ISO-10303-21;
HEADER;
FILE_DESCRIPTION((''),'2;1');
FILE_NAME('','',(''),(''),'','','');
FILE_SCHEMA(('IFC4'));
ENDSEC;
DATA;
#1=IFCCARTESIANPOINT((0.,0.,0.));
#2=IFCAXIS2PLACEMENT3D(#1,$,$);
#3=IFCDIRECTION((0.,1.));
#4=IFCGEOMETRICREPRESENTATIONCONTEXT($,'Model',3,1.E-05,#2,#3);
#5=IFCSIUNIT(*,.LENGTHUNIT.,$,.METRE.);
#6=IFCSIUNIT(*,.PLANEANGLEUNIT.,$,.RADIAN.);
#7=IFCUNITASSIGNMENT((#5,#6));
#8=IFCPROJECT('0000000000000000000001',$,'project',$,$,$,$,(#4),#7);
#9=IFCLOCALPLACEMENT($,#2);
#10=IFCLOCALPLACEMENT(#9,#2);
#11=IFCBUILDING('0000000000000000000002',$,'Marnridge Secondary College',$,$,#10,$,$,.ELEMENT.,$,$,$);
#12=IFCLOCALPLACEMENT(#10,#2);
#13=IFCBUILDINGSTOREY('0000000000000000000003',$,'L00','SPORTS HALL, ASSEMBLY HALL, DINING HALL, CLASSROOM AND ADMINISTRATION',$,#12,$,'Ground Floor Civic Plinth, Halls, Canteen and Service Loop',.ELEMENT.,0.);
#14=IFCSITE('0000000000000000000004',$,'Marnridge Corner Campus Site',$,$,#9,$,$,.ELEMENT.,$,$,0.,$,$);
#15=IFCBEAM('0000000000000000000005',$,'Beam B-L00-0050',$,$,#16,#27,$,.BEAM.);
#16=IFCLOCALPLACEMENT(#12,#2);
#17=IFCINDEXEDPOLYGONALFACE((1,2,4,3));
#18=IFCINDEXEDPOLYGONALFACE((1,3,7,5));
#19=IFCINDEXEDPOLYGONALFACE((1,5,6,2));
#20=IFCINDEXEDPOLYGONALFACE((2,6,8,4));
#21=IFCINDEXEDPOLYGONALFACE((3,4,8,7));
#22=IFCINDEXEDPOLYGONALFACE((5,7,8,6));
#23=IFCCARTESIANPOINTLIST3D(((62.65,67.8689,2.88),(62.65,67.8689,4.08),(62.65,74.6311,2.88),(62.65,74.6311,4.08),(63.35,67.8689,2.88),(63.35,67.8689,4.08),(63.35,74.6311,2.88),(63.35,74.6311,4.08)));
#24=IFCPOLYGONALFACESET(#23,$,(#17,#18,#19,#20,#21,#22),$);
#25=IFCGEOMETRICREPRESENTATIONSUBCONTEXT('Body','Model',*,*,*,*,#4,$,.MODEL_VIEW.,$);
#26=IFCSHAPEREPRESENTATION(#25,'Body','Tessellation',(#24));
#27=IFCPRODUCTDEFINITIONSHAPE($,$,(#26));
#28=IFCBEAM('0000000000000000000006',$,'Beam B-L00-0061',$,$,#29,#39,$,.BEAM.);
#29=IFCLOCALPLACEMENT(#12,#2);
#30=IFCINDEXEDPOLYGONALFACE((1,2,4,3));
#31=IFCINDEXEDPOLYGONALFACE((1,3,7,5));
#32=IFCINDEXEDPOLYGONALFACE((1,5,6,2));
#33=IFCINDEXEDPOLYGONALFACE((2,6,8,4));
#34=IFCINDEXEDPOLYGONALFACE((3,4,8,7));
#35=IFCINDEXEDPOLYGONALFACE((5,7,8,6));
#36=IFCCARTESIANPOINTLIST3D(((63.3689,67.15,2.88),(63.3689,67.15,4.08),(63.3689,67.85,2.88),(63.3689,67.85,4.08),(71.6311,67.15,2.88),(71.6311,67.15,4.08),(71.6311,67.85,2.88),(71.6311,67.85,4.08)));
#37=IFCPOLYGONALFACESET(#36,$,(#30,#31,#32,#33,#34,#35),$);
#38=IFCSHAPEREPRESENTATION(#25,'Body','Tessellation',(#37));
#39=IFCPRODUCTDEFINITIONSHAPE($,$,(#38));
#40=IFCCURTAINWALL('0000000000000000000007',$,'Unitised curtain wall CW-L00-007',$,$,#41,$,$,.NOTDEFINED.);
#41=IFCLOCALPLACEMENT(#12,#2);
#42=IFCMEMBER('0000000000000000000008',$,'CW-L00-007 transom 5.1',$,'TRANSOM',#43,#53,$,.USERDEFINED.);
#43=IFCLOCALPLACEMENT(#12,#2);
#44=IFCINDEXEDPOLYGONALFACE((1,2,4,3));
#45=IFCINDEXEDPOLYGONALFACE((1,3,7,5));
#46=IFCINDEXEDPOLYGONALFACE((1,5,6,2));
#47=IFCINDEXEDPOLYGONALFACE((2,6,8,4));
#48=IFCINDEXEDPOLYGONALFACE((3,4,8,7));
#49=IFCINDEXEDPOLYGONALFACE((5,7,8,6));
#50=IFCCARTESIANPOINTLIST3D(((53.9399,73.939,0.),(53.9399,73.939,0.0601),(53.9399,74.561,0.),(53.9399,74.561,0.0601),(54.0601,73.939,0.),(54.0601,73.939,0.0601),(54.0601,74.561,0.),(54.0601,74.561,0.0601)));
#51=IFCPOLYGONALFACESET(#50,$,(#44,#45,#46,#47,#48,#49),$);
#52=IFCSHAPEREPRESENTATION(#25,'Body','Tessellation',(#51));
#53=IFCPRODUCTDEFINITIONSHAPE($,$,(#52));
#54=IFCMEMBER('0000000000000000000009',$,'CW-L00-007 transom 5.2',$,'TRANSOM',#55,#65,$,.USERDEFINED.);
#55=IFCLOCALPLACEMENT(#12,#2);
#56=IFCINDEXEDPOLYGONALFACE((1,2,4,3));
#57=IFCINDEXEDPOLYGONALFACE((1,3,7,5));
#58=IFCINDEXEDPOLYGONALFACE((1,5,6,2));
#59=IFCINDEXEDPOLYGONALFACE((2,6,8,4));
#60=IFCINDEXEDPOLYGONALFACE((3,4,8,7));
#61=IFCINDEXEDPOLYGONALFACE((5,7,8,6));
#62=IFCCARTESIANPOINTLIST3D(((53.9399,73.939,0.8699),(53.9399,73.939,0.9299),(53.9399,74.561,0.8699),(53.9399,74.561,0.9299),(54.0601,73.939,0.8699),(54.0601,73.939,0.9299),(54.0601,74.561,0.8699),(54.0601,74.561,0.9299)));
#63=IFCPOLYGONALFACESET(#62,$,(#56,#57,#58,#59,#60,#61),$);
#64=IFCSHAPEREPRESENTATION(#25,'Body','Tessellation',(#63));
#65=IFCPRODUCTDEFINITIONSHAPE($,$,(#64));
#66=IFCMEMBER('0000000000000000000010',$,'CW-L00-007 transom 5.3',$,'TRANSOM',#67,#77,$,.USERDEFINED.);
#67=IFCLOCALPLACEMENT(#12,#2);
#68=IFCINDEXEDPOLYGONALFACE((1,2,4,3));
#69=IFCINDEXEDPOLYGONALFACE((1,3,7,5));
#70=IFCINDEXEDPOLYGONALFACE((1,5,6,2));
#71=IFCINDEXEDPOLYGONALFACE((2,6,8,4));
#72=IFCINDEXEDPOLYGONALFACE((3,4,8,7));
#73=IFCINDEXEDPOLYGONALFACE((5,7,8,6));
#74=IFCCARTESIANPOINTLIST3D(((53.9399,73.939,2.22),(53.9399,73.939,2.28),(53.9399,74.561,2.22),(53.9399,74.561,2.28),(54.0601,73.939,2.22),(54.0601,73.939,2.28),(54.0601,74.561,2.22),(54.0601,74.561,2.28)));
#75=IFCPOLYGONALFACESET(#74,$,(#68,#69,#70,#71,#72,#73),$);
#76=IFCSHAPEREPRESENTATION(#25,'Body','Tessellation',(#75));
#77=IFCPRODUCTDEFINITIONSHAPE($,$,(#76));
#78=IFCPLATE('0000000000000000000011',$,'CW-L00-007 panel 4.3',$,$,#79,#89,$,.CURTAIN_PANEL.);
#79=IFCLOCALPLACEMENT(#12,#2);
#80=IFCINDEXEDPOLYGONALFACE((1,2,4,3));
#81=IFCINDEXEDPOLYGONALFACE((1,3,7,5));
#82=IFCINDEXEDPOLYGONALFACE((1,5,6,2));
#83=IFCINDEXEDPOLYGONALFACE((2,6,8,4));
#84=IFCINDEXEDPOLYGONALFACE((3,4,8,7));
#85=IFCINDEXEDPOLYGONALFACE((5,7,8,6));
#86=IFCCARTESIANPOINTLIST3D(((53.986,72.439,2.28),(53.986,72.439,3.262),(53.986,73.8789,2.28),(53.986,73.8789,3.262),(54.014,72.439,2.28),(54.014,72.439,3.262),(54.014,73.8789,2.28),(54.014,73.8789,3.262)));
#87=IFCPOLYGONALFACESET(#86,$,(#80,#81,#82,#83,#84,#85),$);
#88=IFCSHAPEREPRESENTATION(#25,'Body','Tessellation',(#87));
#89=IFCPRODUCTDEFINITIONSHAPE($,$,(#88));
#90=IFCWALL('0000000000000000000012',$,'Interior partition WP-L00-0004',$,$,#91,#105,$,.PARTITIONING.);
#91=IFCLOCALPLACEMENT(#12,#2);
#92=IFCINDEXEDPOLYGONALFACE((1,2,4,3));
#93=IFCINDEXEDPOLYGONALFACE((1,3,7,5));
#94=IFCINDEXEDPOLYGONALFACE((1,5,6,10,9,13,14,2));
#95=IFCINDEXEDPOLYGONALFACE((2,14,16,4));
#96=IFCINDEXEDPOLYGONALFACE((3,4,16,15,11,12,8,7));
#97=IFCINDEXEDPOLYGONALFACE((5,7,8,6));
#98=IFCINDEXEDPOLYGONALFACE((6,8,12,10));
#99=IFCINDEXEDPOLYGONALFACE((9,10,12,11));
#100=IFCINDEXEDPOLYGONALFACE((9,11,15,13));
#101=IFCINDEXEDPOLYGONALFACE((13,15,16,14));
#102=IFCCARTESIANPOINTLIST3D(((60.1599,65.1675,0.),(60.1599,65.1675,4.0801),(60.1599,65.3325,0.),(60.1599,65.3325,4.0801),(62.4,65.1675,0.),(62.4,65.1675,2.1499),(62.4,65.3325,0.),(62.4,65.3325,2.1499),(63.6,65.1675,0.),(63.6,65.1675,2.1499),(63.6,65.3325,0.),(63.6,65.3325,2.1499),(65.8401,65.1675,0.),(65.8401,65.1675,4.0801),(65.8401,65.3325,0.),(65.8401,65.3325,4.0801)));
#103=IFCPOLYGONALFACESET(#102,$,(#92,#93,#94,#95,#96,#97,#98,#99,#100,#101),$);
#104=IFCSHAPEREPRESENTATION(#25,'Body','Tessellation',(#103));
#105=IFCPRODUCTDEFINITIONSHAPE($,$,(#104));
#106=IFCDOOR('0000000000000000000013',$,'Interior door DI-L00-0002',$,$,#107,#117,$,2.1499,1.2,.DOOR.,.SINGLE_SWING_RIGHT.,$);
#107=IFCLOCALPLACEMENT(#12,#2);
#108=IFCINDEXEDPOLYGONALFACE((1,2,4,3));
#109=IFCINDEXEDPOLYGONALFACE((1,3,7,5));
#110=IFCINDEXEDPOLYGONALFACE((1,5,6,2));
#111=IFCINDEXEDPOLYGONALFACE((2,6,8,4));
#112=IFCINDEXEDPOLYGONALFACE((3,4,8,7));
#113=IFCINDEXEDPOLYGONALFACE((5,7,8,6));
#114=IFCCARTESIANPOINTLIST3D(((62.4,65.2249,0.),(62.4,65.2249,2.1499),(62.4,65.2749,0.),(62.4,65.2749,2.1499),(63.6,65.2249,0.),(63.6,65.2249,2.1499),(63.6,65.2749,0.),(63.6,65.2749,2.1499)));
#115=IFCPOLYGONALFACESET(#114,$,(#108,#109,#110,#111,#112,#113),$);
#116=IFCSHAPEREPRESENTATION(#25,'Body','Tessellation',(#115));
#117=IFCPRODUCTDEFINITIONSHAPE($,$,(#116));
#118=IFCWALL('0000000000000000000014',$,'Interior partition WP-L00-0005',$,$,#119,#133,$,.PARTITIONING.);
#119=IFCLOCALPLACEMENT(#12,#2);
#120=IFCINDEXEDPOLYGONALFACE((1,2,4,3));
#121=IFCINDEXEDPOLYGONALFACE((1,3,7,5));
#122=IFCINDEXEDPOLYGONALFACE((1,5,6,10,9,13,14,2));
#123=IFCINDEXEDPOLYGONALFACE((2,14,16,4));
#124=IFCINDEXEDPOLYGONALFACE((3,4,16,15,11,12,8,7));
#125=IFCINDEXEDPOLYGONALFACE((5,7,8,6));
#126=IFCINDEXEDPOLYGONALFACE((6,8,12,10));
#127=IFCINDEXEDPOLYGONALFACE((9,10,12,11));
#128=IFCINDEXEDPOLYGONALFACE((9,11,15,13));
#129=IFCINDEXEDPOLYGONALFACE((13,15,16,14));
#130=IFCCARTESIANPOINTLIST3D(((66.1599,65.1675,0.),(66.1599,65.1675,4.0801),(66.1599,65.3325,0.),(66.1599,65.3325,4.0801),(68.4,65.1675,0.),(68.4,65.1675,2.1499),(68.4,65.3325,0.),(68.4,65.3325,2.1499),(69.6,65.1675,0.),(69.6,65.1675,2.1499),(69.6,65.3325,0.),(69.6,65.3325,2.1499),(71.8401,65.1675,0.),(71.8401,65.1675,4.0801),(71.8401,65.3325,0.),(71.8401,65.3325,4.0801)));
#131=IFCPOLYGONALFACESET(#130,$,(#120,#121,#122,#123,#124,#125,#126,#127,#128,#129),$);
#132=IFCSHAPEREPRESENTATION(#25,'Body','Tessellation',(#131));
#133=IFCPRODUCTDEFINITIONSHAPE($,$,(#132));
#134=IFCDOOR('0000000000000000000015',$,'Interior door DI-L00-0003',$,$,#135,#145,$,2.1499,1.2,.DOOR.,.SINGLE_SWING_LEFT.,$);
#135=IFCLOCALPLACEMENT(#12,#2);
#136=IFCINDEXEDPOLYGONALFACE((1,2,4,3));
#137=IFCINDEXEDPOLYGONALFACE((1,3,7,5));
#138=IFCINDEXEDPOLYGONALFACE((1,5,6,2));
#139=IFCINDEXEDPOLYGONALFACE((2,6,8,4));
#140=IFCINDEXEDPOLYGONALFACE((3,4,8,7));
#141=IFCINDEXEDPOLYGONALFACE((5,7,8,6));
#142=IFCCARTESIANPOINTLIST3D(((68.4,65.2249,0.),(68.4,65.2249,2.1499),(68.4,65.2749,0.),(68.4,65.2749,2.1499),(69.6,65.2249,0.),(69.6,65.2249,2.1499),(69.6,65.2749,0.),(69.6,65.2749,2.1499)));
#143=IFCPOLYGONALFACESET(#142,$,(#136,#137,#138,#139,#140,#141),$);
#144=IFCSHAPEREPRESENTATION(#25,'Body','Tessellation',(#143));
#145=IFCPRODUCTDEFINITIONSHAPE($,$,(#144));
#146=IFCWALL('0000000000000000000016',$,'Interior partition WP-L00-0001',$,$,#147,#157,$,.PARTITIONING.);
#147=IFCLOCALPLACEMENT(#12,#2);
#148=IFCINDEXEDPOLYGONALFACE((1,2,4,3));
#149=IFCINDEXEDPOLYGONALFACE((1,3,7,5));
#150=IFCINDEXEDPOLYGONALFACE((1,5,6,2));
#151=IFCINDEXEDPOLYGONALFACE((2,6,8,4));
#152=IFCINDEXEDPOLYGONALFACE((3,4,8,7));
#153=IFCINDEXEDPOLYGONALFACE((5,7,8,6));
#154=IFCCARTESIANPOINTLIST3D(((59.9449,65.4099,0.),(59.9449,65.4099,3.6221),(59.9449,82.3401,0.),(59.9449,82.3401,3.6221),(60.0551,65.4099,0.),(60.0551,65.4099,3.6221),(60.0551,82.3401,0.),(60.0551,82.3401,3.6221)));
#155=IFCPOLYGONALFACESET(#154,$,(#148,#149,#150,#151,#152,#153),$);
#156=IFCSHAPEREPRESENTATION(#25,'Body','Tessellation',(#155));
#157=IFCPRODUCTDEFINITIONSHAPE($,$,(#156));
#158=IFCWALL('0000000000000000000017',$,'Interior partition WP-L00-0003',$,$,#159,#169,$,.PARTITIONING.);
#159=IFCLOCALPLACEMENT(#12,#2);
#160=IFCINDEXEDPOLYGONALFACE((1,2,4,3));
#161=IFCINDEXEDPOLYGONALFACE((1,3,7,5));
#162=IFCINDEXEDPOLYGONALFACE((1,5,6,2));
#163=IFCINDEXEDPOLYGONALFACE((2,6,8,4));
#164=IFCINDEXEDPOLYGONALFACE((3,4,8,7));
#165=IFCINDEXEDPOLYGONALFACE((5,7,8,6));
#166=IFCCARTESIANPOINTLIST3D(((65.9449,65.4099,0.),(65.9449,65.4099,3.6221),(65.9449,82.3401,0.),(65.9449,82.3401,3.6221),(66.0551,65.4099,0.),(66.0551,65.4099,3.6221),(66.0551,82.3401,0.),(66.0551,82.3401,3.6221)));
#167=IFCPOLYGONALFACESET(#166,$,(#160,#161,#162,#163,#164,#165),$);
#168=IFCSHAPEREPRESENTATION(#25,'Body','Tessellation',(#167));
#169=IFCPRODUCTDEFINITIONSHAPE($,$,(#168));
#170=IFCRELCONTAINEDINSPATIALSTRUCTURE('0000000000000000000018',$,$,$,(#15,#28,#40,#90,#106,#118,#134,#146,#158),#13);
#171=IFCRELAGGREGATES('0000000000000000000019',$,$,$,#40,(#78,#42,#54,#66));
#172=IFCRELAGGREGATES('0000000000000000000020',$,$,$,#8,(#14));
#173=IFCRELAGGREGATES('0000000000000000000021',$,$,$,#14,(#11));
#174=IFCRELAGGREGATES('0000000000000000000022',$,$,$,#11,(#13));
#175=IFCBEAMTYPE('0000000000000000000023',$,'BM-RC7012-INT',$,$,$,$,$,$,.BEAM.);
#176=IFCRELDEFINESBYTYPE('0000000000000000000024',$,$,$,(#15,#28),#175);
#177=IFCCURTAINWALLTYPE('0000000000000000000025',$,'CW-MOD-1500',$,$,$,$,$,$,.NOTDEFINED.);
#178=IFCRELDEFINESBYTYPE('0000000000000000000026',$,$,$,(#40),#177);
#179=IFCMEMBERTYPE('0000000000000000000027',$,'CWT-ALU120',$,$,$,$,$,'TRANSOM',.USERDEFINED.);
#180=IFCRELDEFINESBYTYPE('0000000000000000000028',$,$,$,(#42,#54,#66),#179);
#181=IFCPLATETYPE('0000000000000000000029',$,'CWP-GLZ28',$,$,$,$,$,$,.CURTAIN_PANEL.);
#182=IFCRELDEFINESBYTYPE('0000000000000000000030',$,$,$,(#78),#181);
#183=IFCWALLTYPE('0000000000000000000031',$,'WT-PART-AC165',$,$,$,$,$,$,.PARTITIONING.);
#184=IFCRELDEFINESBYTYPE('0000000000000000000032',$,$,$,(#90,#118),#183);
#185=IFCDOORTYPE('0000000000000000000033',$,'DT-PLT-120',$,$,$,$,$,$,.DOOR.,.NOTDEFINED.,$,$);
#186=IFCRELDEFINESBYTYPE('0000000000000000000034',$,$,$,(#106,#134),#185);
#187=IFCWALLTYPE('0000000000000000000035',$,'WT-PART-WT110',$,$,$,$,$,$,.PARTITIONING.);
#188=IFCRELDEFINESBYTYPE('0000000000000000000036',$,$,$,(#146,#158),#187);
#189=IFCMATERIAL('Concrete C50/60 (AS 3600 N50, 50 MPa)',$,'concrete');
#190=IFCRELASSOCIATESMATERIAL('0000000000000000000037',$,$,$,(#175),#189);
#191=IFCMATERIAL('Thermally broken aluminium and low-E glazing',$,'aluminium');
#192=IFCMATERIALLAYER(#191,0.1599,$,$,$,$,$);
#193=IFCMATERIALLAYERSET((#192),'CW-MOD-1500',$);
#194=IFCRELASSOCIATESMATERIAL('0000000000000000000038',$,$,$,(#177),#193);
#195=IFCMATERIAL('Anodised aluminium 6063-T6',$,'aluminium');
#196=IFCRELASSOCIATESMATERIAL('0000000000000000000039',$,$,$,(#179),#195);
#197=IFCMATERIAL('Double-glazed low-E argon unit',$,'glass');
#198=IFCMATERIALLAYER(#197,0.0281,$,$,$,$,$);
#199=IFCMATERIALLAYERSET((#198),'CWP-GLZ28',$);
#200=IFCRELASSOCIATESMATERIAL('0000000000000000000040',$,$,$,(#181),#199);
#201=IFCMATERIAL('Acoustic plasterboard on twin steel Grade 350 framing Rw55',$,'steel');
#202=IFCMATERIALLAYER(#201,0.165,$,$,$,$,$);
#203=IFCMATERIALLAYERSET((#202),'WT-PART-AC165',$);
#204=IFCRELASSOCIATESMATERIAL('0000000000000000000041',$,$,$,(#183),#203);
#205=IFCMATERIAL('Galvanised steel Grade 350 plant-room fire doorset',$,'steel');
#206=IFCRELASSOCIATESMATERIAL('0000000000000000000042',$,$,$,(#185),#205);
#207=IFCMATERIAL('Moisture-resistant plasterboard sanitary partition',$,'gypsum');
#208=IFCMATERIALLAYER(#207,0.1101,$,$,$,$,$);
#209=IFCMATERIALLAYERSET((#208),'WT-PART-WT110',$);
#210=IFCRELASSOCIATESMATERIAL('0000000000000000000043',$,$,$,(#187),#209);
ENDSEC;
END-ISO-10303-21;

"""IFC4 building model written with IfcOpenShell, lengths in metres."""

from ifc_helpers import new_model, si_unit, direction, frame, frame_2d, origin, origin_2d, place, context, subcontext, project, spatial, rectangle, extrude, material, layer, layer_set, material_profile, profile_set, type_object, element, fill, aggregate, save


model = new_model("IFC4")

# Units and contexts
model_context = context("Model", 3, precision=1e-05, world=origin(), true_north=direction((0.0, 1.0)))
body_context = subcontext(model_context, "Body", "Model", "MODEL_VIEW")
ifc_project = project(units=[si_unit("LENGTHUNIT", "METRE"), si_unit("PLANEANGLEUNIT", "RADIAN")], contexts=[model_context])

# Site, building, storey
site_placement = place(None, origin())
site = spatial("IfcSite", under=ifc_project, at=site_placement, Name="Marnridge Corner Campus Site", CompositionType="ELEMENT", RefElevation=0.0)
building_placement = place(site_placement, origin())
building = spatial("IfcBuilding", under=site, at=building_placement, Name="Marnridge Secondary College", CompositionType="ELEMENT")
storey_placement = place(building_placement, origin())
storey = spatial("IfcBuildingStorey", under=building, at=storey_placement, Name="L00", Description="SPORTS HALL, ASSEMBLY HALL, DINING HALL, CLASSROOM AND ADMINISTRATION", LongName="Ground Floor Civic Plinth, Halls, Canteen and Service Loop", CompositionType="ELEMENT", Elevation=0.0)

# Beams
ifc_material_1 = material(Name="Concrete C50/60 (AS 3600 N50, 50 MPa)", Category="concrete")
ifc_material_profile_1 = material_profile(ifc_material_1, rectangle(XDim=0.7, YDim=1.2, at=origin_2d()), Name="RC 700x1200")
ifc_profile_set_1 = profile_set([ifc_material_profile_1], Name="Concrete C50/60 (AS 3600 N50, 50 MPa)")
beam_type_1 = type_object("IfcBeamType", Name="BM-RC7012-INT", PredefinedType="BEAM", material=ifc_profile_set_1)
beam_1_placement = place(storey_placement, frame((63.0, 67.8689, 3.48), z_axis=(0.0, 1.0, 0.0), x_axis=(-1.0, 0.0, 0.0)))
element("IfcBeam", 1, at=beam_1_placement, inside=storey, type_object=beam_type_1, Name="Beam B-L00-0050", PredefinedType="BEAM", context=body_context, shape_type="SweptSolid", body=[
    extrude(rectangle(XDim=0.7, YDim=1.2, at=origin_2d()), origin(), (0.0, 0.0, 1.0), 6.7622),
])
beam_2_placement = place(storey_placement, frame((63.3689, 67.5, 3.48), z_axis=(1.0, 0.0, 0.0), x_axis=(0.0, 1.0, 0.0)))
element("IfcBeam", 2, at=beam_2_placement, inside=storey, type_object=beam_type_1, Name="Beam B-L00-0061", PredefinedType="BEAM", context=body_context, shape_type="SweptSolid", body=[
    extrude(rectangle(XDim=0.7, YDim=1.2, at=origin_2d()), origin(), (0.0, 0.0, 1.0), 8.2622),
])

# Curtain wall, members, plate
ifc_material_2 = material(Name="Thermally broken aluminium and low-E glazing", Category="aluminium")
ifc_layer_1 = layer(ifc_material_2, 0.1599)
ifc_layer_set_1 = layer_set([ifc_layer_1], Name="CW-MOD-1500")
curtain_wall_type = type_object("IfcCurtainWallType", Name="CW-MOD-1500", PredefinedType="NOTDEFINED", material=ifc_layer_set_1)
curtain_wall_placement = place(storey_placement, origin())
curtain_wall = element("IfcCurtainWall", 3, at=curtain_wall_placement, inside=storey, type_object=curtain_wall_type, Name="Unitised curtain wall CW-L00-007", PredefinedType="NOTDEFINED")
ifc_material_3 = material(Name="Anodised aluminium 6063-T6", Category="aluminium")
ifc_material_profile_2 = material_profile(ifc_material_3, rectangle(XDim=0.0601, YDim=0.1201, at=origin_2d()), Name="ALU 60x120")
ifc_profile_set_2 = profile_set([ifc_material_profile_2], Name="Anodised aluminium 6063-T6")
member_type = type_object("IfcMemberType", Name="CWT-ALU120", ElementType="TRANSOM", PredefinedType="USERDEFINED", material=ifc_profile_set_2)
member_1_placement = place(storey_placement, frame((54.0, 73.939, 0.03), z_axis=(0.0, 1.0, 0.0), x_axis=(0.0, 0.0, 1.0)))
member_1 = element("IfcMember", 4, at=member_1_placement, type_object=member_type, Name="CW-L00-007 transom 5.1", ObjectType="TRANSOM", PredefinedType="USERDEFINED", context=body_context, shape_type="SweptSolid", body=[
    extrude(rectangle(XDim=0.0601, YDim=0.1201, at=origin_2d()), origin(), (0.0, 0.0, 1.0), 0.6221),
])
member_2_placement = place(storey_placement, frame((54.0, 73.939, 0.8999), z_axis=(0.0, 1.0, 0.0), x_axis=(0.0, 0.0, 1.0)))
member_2 = element("IfcMember", 5, at=member_2_placement, type_object=member_type, Name="CW-L00-007 transom 5.2", ObjectType="TRANSOM", PredefinedType="USERDEFINED", context=body_context, shape_type="SweptSolid", body=[
    extrude(rectangle(XDim=0.0601, YDim=0.1201, at=origin_2d()), origin(), (0.0, 0.0, 1.0), 0.6221),
])
member_3_placement = place(storey_placement, frame((54.0, 73.939, 2.25), z_axis=(0.0, 1.0, 0.0), x_axis=(0.0, 0.0, 1.0)))
member_3 = element("IfcMember", 6, at=member_3_placement, type_object=member_type, Name="CW-L00-007 transom 5.3", ObjectType="TRANSOM", PredefinedType="USERDEFINED", context=body_context, shape_type="SweptSolid", body=[
    extrude(rectangle(XDim=0.0601, YDim=0.1201, at=origin_2d()), origin(), (0.0, 0.0, 1.0), 0.6221),
])
ifc_material_4 = material(Name="Double-glazed low-E argon unit", Category="glass")
ifc_layer_2 = layer(ifc_material_4, 0.0281)
ifc_layer_set_2 = layer_set([ifc_layer_2], Name="CWP-GLZ28")
plate_type = type_object("IfcPlateType", Name="CWP-GLZ28", PredefinedType="CURTAIN_PANEL", material=ifc_layer_set_2)
plate_placement = place(storey_placement, frame((54.0, 73.1589, 2.28), z_axis=(0.0, 0.0, 1.0), x_axis=(0.0, 1.0, 0.0)))
plate = element("IfcPlate", 7, at=plate_placement, type_object=plate_type, Name="CW-L00-007 panel 4.3", PredefinedType="CURTAIN_PANEL", context=body_context, shape_type="SweptSolid", body=[
    extrude(rectangle(XDim=1.4399, YDim=0.0281, at=origin_2d()), origin(), (0.0, 0.0, 1.0), 0.9819),
])
aggregate(curtain_wall, [plate, member_1, member_2, member_3])

# Walls, openings, doors
ifc_material_5 = material(Name="Acoustic plasterboard on twin steel Grade 350 framing Rw55", Category="steel")
ifc_layer_3 = layer(ifc_material_5, 0.165)
ifc_layer_set_3 = layer_set([ifc_layer_3], Name="WT-PART-AC165")
wall_type_1 = type_object("IfcWallType", Name="WT-PART-AC165", PredefinedType="PARTITIONING", material=ifc_layer_set_3)
wall_1_placement = place(storey_placement, frame((60.1599, 65.25, 0.0), z_axis=(0.0, 0.0, 1.0), x_axis=(1.0, 0.0, 0.0)))
wall_1 = element("IfcWall", 8, at=wall_1_placement, inside=storey, type_object=wall_type_1, Name="Interior partition WP-L00-0004", PredefinedType="PARTITIONING", context=body_context, shape_type="SweptSolid", body=[
    extrude(rectangle(XDim=5.6802, YDim=0.165, at=frame_2d((2.8401, 0.0))), origin(), (0.0, 0.0, 1.0), 4.0801),
])
opening_1_placement = place(wall_1_placement, frame((2.24, 0.0, 0.0)))
opening_1 = element("IfcOpeningElement", 9, at=opening_1_placement, cuts=wall_1, PredefinedType="OPENING", context=body_context, shape_type="SweptSolid", body=[
    extrude(rectangle(XDim=1.2, YDim=2.1499, at=frame_2d((0.6001, 1.075))), frame((0.0, 0.0925, 0.0), z_axis=(0.0, -1.0, 0.0), x_axis=(1.0, 0.0, 0.0)), (0.0, 0.0, 1.0), 0.1851),
])
ifc_material_6 = material(Name="Galvanised steel Grade 350 plant-room fire doorset", Category="steel")
door_type = type_object("IfcDoorType", Name="DT-PLT-120", OperationType="NOTDEFINED", PredefinedType="DOOR", material=ifc_material_6)
door_1_placement = place(opening_1_placement, origin())
door_1 = element("IfcDoor", 10, at=door_1_placement, inside=storey, type_object=door_type, Name="Interior door DI-L00-0002", OperationType="SINGLE_SWING_RIGHT", OverallHeight=2.1499, OverallWidth=1.2, PredefinedType="DOOR", context=body_context, shape_type="SweptSolid", body=[
    extrude(rectangle(XDim=1.2, YDim=2.1499, at=frame_2d((0.6001, 1.075))), frame((0.0, 0.0249, 0.0), z_axis=(0.0, -1.0, 0.0), x_axis=(1.0, 0.0, 0.0)), (0.0, 0.0, 1.0), 0.05),
])
fill(opening_1, door_1)
wall_2_placement = place(storey_placement, frame((66.1599, 65.25, 0.0), z_axis=(0.0, 0.0, 1.0), x_axis=(1.0, 0.0, 0.0)))
wall_2 = element("IfcWall", 11, at=wall_2_placement, inside=storey, type_object=wall_type_1, Name="Interior partition WP-L00-0005", PredefinedType="PARTITIONING", context=body_context, shape_type="SweptSolid", body=[
    extrude(rectangle(XDim=5.6802, YDim=0.165, at=frame_2d((2.8401, 0.0))), origin(), (0.0, 0.0, 1.0), 4.0801),
])
opening_2_placement = place(wall_2_placement, frame((2.24, 0.0, 0.0)))
opening_2 = element("IfcOpeningElement", 12, at=opening_2_placement, cuts=wall_2, PredefinedType="OPENING", context=body_context, shape_type="SweptSolid", body=[
    extrude(rectangle(XDim=1.2, YDim=2.1499, at=frame_2d((0.6001, 1.075))), frame((0.0, 0.0925, 0.0), z_axis=(0.0, -1.0, 0.0), x_axis=(1.0, 0.0, 0.0)), (0.0, 0.0, 1.0), 0.1851),
])
door_2_placement = place(opening_2_placement, origin())
door_2 = element("IfcDoor", 13, at=door_2_placement, inside=storey, type_object=door_type, Name="Interior door DI-L00-0003", OperationType="SINGLE_SWING_LEFT", OverallHeight=2.1499, OverallWidth=1.2, PredefinedType="DOOR", context=body_context, shape_type="SweptSolid", body=[
    extrude(rectangle(XDim=1.2, YDim=2.1499, at=frame_2d((0.6001, 1.075))), frame((0.0, 0.0249, 0.0), z_axis=(0.0, -1.0, 0.0), x_axis=(1.0, 0.0, 0.0)), (0.0, 0.0, 1.0), 0.05),
])
fill(opening_2, door_2)

# Walls
ifc_material_7 = material(Name="Moisture-resistant plasterboard sanitary partition", Category="gypsum")
ifc_layer_4 = layer(ifc_material_7, 0.1101)
ifc_layer_set_4 = layer_set([ifc_layer_4], Name="WT-PART-WT110")
wall_type_2 = type_object("IfcWallType", Name="WT-PART-WT110", PredefinedType="PARTITIONING", material=ifc_layer_set_4)
for number, where, z_axis, x_axis, name in (
    (14, (60.0, 65.4099, 0.0), (0.0, 0.0, 1.0), (0.0, 1.0, 0.0), "Interior partition WP-L00-0001"),
    (15, (66.0, 65.4099, 0.0), (0.0, 0.0, 1.0), (0.0, 1.0, 0.0), "Interior partition WP-L00-0003"),
):
    element("IfcWall", number, at=place(storey_placement, frame(where, z_axis=z_axis, x_axis=x_axis)), inside=storey, type_object=wall_type_2, Name=name, PredefinedType="PARTITIONING", context=body_context, shape_type="SweptSolid", body=[
        extrude(rectangle(XDim=16.9302, YDim=0.1101, at=frame_2d((8.4651, 0.0))), origin(), (0.0, 0.0, 1.0), 3.6221),
    ])

save(model, "model.ifc")
